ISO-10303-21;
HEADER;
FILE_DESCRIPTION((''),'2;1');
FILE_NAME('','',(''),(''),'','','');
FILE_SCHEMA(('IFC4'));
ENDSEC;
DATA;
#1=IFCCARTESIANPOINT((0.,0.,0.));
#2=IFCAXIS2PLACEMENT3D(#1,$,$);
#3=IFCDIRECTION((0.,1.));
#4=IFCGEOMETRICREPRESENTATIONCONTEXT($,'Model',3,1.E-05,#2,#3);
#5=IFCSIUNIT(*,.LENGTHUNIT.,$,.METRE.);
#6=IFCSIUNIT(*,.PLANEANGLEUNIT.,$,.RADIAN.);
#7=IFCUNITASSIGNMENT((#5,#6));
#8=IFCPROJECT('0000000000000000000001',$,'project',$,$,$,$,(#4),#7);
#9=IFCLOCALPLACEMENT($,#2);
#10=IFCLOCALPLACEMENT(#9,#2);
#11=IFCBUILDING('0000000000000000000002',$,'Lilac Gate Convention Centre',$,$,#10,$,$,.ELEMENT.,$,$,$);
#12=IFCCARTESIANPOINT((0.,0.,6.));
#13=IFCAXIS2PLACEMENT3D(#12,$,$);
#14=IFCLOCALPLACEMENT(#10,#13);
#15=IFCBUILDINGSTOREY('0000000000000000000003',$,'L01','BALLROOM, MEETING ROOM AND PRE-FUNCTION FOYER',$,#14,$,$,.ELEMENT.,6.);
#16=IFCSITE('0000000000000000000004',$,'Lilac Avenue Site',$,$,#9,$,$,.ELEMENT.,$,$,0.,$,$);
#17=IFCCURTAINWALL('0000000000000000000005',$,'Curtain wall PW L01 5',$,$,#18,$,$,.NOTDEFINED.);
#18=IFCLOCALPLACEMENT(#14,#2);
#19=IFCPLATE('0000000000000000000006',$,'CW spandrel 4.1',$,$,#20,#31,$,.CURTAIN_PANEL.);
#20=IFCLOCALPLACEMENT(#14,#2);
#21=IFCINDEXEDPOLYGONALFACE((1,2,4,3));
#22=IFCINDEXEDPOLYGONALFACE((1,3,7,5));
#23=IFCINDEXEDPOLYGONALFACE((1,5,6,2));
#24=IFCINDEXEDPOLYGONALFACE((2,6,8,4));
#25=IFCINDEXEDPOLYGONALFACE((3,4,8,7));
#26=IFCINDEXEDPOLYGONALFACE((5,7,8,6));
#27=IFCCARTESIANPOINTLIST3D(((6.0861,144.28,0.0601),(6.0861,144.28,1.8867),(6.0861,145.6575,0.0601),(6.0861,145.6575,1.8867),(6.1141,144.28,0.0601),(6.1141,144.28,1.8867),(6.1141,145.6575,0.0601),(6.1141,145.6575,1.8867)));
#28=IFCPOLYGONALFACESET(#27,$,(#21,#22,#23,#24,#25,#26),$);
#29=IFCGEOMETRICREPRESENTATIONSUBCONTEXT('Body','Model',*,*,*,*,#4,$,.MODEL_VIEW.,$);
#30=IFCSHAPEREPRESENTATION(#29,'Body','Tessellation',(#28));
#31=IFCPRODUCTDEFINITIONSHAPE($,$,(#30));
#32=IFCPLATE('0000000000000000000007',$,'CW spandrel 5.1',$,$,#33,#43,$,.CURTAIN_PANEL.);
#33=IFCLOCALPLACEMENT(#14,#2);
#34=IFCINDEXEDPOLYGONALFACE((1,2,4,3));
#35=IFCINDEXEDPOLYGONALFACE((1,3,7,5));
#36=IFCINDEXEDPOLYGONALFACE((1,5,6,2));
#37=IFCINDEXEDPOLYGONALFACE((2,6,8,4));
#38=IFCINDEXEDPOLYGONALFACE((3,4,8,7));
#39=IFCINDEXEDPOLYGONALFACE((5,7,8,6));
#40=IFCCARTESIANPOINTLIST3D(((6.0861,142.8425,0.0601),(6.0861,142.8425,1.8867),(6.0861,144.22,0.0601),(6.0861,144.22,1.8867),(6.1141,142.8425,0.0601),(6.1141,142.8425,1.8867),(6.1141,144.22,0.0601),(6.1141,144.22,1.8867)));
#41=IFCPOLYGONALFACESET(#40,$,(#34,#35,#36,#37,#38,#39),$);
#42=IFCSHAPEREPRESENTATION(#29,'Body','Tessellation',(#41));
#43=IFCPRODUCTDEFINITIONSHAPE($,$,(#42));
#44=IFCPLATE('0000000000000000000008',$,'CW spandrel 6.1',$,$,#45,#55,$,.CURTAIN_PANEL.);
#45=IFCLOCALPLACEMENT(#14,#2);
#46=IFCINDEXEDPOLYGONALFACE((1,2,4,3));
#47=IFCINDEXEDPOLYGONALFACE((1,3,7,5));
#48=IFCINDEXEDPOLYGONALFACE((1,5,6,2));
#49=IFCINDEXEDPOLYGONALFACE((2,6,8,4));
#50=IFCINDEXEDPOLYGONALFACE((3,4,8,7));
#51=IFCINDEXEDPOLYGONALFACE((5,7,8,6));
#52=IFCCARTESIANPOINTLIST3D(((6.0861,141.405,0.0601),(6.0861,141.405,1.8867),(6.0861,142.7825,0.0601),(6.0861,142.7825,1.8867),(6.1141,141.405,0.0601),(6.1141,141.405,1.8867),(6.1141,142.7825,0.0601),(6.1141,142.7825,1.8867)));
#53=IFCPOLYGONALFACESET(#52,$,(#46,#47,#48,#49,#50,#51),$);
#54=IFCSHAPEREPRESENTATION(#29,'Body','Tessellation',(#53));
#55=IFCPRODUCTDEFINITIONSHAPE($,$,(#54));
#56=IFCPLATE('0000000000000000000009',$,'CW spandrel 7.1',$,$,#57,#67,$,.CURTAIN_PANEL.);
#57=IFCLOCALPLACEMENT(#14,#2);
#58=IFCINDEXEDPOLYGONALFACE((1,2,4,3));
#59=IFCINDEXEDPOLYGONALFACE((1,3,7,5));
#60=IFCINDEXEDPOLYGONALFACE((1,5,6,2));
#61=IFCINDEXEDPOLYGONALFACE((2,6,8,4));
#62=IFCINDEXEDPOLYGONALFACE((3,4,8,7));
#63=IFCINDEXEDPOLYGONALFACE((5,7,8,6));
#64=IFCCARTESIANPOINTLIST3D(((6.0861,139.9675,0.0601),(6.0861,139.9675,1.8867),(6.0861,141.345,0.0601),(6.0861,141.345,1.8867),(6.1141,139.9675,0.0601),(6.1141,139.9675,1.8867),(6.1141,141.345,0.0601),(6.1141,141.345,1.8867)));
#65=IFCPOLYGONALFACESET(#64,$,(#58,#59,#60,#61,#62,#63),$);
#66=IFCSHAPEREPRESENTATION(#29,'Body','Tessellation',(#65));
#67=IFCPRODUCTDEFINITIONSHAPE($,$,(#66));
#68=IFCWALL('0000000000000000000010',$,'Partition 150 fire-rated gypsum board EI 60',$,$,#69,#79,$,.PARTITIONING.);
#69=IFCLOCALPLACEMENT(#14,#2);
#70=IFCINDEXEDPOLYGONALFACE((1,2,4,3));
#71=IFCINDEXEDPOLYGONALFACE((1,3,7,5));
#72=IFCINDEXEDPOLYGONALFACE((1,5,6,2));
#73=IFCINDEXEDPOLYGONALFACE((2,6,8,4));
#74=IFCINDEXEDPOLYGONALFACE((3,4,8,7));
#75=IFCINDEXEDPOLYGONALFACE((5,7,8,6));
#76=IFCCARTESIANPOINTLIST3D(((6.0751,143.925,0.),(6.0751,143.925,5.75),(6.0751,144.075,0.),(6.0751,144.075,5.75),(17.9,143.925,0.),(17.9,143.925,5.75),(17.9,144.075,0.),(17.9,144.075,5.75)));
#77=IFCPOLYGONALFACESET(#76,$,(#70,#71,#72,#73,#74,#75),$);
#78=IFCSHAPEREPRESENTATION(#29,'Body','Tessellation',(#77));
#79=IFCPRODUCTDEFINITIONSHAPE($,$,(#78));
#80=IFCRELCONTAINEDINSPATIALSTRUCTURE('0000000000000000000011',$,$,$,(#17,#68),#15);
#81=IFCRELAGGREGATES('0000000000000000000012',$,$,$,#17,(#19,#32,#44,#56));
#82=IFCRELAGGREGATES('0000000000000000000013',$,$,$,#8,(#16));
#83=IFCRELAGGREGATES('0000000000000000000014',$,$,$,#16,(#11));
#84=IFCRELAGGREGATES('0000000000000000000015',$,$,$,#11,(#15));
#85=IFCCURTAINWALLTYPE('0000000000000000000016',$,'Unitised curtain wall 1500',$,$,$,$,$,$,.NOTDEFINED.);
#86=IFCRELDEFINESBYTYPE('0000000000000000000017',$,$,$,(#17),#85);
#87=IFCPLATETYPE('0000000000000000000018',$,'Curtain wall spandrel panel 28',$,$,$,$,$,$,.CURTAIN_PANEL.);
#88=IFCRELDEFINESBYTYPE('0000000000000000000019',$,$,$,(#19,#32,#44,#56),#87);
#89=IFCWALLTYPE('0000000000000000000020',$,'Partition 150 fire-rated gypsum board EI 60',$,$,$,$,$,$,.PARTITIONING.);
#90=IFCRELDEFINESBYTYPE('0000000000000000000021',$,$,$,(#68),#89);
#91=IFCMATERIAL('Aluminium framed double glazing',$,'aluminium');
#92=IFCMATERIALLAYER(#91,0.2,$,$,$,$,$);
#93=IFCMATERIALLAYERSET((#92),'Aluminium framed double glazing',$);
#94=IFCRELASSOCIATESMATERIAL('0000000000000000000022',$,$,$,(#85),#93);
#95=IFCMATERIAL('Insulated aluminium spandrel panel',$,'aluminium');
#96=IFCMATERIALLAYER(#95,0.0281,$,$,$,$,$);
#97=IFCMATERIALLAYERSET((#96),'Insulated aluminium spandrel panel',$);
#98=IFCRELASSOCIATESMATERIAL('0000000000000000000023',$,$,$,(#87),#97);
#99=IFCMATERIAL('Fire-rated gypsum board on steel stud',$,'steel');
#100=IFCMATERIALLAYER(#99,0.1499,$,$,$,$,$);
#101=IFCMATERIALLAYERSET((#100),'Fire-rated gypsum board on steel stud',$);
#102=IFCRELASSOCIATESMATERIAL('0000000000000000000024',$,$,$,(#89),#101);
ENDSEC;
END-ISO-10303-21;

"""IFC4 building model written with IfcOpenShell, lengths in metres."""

from ifc_helpers import new_model, si_unit, direction, frame, frame_2d, origin, origin_2d, place, context, subcontext, project, spatial, rectangle, extrude, material, layer, layer_set, type_object, element, aggregate, save


model = new_model("IFC4")

# Units and contexts
model_context = context("Model", 3, precision=1e-05, world=origin(), true_north=direction((0.0, 1.0)))
body_context = subcontext(model_context, "Body", "Model", "MODEL_VIEW")
ifc_project = project(units=[si_unit("LENGTHUNIT", "METRE"), si_unit("PLANEANGLEUNIT", "RADIAN")], contexts=[model_context])

# Site, building, storey
site_placement = place(None, origin())
site = spatial("IfcSite", under=ifc_project, at=site_placement, Name="Lilac Avenue Site", CompositionType="ELEMENT", RefElevation=0.0)
building_placement = place(site_placement, origin())
building = spatial("IfcBuilding", under=site, at=building_placement, Name="Lilac Gate Convention Centre", CompositionType="ELEMENT")
storey_placement = place(building_placement, frame((0.0, 0.0, 6.0)))
storey = spatial("IfcBuildingStorey", under=building, at=storey_placement, Name="L01", Description="BALLROOM, MEETING ROOM AND PRE-FUNCTION FOYER", CompositionType="ELEMENT", Elevation=6.0)

# Curtain wall, plates
ifc_material_1 = material(Name="Aluminium framed double glazing", Category="aluminium")
ifc_layer_1 = layer(ifc_material_1, 0.2)
ifc_layer_set_1 = layer_set([ifc_layer_1], Name="Aluminium framed double glazing")
curtain_wall_type = type_object("IfcCurtainWallType", Name="Unitised curtain wall 1500", PredefinedType="NOTDEFINED", material=ifc_layer_set_1)
curtain_wall_placement = place(storey_placement, origin())
curtain_wall = element("IfcCurtainWall", 1, at=curtain_wall_placement, inside=storey, type_object=curtain_wall_type, Name="Curtain wall PW L01 5", PredefinedType="NOTDEFINED")
ifc_material_2 = material(Name="Insulated aluminium spandrel panel", Category="aluminium")
ifc_layer_2 = layer(ifc_material_2, 0.0281)
ifc_layer_set_2 = layer_set([ifc_layer_2], Name="Insulated aluminium spandrel panel")
plate_type_1 = type_object("IfcPlateType", Name="Curtain wall spandrel panel 28", PredefinedType="CURTAIN_PANEL", material=ifc_layer_set_2)
plate_1_placement = place(storey_placement, frame((6.1001, 144.9688, 0.0601), z_axis=(0.0, 0.0, 1.0), x_axis=(0.0, -1.0, 0.0)))
plate_1 = element("IfcPlate", 2, at=plate_1_placement, type_object=plate_type_1, Name="CW spandrel 4.1", PredefinedType="CURTAIN_PANEL", context=body_context, shape_type="SweptSolid", body=[
    extrude(rectangle(XDim=1.3774, YDim=0.0281, at=origin_2d()), origin(), (0.0, 0.0, 1.0), 1.8267),
])
plate_2_placement = place(storey_placement, frame((6.1001, 143.5312, 0.0601), z_axis=(0.0, 0.0, 1.0), x_axis=(0.0, -1.0, 0.0)))
plate_2 = element("IfcPlate", 3, at=plate_2_placement, type_object=plate_type_1, Name="CW spandrel 5.1", PredefinedType="CURTAIN_PANEL", context=body_context, shape_type="SweptSolid", body=[
    extrude(rectangle(XDim=1.3774, YDim=0.0281, at=origin_2d()), origin(), (0.0, 0.0, 1.0), 1.8267),
])
plate_3_placement = place(storey_placement, frame((6.1001, 142.0938, 0.0601), z_axis=(0.0, 0.0, 1.0), x_axis=(0.0, -1.0, 0.0)))
plate_3 = element("IfcPlate", 4, at=plate_3_placement, type_object=plate_type_1, Name="CW spandrel 6.1", PredefinedType="CURTAIN_PANEL", context=body_context, shape_type="SweptSolid", body=[
    extrude(rectangle(XDim=1.3774, YDim=0.0281, at=origin_2d()), origin(), (0.0, 0.0, 1.0), 1.8267),
])
plate_4_placement = place(storey_placement, frame((6.1001, 140.6562, 0.0601), z_axis=(0.0, 0.0, 1.0), x_axis=(0.0, -1.0, 0.0)))
plate_4 = element("IfcPlate", 5, at=plate_4_placement, type_object=plate_type_1, Name="CW spandrel 7.1", PredefinedType="CURTAIN_PANEL", context=body_context, shape_type="SweptSolid", body=[
    extrude(rectangle(XDim=1.3774, YDim=0.0281, at=origin_2d()), origin(), (0.0, 0.0, 1.0), 1.8267),
])
aggregate(curtain_wall, [plate_1, plate_2, plate_3, plate_4])

# Wall
ifc_material_3 = material(Name="Fire-rated gypsum board on steel stud", Category="steel")
ifc_layer_3 = layer(ifc_material_3, 0.1499)
ifc_layer_set_3 = layer_set([ifc_layer_3], Name="Fire-rated gypsum board on steel stud")
wall_type = type_object("IfcWallType", Name="Partition 150 fire-rated gypsum board EI 60", PredefinedType="PARTITIONING", material=ifc_layer_set_3)
wall_placement = place(storey_placement, frame((6.075, 144.0, 0.0), z_axis=(0.0, 0.0, 1.0), x_axis=(1.0, 0.0, 0.0)))
element("IfcWall", 6, at=wall_placement, inside=storey, type_object=wall_type, Name="Partition 150 fire-rated gypsum board EI 60", PredefinedType="PARTITIONING", context=body_context, shape_type="SweptSolid", body=[
    extrude(rectangle(XDim=11.825, YDim=0.1499, at=frame_2d((5.9126, 0.0))), origin(), (0.0, 0.0, 1.0), 5.75),
])

save(model, "model.ifc")
